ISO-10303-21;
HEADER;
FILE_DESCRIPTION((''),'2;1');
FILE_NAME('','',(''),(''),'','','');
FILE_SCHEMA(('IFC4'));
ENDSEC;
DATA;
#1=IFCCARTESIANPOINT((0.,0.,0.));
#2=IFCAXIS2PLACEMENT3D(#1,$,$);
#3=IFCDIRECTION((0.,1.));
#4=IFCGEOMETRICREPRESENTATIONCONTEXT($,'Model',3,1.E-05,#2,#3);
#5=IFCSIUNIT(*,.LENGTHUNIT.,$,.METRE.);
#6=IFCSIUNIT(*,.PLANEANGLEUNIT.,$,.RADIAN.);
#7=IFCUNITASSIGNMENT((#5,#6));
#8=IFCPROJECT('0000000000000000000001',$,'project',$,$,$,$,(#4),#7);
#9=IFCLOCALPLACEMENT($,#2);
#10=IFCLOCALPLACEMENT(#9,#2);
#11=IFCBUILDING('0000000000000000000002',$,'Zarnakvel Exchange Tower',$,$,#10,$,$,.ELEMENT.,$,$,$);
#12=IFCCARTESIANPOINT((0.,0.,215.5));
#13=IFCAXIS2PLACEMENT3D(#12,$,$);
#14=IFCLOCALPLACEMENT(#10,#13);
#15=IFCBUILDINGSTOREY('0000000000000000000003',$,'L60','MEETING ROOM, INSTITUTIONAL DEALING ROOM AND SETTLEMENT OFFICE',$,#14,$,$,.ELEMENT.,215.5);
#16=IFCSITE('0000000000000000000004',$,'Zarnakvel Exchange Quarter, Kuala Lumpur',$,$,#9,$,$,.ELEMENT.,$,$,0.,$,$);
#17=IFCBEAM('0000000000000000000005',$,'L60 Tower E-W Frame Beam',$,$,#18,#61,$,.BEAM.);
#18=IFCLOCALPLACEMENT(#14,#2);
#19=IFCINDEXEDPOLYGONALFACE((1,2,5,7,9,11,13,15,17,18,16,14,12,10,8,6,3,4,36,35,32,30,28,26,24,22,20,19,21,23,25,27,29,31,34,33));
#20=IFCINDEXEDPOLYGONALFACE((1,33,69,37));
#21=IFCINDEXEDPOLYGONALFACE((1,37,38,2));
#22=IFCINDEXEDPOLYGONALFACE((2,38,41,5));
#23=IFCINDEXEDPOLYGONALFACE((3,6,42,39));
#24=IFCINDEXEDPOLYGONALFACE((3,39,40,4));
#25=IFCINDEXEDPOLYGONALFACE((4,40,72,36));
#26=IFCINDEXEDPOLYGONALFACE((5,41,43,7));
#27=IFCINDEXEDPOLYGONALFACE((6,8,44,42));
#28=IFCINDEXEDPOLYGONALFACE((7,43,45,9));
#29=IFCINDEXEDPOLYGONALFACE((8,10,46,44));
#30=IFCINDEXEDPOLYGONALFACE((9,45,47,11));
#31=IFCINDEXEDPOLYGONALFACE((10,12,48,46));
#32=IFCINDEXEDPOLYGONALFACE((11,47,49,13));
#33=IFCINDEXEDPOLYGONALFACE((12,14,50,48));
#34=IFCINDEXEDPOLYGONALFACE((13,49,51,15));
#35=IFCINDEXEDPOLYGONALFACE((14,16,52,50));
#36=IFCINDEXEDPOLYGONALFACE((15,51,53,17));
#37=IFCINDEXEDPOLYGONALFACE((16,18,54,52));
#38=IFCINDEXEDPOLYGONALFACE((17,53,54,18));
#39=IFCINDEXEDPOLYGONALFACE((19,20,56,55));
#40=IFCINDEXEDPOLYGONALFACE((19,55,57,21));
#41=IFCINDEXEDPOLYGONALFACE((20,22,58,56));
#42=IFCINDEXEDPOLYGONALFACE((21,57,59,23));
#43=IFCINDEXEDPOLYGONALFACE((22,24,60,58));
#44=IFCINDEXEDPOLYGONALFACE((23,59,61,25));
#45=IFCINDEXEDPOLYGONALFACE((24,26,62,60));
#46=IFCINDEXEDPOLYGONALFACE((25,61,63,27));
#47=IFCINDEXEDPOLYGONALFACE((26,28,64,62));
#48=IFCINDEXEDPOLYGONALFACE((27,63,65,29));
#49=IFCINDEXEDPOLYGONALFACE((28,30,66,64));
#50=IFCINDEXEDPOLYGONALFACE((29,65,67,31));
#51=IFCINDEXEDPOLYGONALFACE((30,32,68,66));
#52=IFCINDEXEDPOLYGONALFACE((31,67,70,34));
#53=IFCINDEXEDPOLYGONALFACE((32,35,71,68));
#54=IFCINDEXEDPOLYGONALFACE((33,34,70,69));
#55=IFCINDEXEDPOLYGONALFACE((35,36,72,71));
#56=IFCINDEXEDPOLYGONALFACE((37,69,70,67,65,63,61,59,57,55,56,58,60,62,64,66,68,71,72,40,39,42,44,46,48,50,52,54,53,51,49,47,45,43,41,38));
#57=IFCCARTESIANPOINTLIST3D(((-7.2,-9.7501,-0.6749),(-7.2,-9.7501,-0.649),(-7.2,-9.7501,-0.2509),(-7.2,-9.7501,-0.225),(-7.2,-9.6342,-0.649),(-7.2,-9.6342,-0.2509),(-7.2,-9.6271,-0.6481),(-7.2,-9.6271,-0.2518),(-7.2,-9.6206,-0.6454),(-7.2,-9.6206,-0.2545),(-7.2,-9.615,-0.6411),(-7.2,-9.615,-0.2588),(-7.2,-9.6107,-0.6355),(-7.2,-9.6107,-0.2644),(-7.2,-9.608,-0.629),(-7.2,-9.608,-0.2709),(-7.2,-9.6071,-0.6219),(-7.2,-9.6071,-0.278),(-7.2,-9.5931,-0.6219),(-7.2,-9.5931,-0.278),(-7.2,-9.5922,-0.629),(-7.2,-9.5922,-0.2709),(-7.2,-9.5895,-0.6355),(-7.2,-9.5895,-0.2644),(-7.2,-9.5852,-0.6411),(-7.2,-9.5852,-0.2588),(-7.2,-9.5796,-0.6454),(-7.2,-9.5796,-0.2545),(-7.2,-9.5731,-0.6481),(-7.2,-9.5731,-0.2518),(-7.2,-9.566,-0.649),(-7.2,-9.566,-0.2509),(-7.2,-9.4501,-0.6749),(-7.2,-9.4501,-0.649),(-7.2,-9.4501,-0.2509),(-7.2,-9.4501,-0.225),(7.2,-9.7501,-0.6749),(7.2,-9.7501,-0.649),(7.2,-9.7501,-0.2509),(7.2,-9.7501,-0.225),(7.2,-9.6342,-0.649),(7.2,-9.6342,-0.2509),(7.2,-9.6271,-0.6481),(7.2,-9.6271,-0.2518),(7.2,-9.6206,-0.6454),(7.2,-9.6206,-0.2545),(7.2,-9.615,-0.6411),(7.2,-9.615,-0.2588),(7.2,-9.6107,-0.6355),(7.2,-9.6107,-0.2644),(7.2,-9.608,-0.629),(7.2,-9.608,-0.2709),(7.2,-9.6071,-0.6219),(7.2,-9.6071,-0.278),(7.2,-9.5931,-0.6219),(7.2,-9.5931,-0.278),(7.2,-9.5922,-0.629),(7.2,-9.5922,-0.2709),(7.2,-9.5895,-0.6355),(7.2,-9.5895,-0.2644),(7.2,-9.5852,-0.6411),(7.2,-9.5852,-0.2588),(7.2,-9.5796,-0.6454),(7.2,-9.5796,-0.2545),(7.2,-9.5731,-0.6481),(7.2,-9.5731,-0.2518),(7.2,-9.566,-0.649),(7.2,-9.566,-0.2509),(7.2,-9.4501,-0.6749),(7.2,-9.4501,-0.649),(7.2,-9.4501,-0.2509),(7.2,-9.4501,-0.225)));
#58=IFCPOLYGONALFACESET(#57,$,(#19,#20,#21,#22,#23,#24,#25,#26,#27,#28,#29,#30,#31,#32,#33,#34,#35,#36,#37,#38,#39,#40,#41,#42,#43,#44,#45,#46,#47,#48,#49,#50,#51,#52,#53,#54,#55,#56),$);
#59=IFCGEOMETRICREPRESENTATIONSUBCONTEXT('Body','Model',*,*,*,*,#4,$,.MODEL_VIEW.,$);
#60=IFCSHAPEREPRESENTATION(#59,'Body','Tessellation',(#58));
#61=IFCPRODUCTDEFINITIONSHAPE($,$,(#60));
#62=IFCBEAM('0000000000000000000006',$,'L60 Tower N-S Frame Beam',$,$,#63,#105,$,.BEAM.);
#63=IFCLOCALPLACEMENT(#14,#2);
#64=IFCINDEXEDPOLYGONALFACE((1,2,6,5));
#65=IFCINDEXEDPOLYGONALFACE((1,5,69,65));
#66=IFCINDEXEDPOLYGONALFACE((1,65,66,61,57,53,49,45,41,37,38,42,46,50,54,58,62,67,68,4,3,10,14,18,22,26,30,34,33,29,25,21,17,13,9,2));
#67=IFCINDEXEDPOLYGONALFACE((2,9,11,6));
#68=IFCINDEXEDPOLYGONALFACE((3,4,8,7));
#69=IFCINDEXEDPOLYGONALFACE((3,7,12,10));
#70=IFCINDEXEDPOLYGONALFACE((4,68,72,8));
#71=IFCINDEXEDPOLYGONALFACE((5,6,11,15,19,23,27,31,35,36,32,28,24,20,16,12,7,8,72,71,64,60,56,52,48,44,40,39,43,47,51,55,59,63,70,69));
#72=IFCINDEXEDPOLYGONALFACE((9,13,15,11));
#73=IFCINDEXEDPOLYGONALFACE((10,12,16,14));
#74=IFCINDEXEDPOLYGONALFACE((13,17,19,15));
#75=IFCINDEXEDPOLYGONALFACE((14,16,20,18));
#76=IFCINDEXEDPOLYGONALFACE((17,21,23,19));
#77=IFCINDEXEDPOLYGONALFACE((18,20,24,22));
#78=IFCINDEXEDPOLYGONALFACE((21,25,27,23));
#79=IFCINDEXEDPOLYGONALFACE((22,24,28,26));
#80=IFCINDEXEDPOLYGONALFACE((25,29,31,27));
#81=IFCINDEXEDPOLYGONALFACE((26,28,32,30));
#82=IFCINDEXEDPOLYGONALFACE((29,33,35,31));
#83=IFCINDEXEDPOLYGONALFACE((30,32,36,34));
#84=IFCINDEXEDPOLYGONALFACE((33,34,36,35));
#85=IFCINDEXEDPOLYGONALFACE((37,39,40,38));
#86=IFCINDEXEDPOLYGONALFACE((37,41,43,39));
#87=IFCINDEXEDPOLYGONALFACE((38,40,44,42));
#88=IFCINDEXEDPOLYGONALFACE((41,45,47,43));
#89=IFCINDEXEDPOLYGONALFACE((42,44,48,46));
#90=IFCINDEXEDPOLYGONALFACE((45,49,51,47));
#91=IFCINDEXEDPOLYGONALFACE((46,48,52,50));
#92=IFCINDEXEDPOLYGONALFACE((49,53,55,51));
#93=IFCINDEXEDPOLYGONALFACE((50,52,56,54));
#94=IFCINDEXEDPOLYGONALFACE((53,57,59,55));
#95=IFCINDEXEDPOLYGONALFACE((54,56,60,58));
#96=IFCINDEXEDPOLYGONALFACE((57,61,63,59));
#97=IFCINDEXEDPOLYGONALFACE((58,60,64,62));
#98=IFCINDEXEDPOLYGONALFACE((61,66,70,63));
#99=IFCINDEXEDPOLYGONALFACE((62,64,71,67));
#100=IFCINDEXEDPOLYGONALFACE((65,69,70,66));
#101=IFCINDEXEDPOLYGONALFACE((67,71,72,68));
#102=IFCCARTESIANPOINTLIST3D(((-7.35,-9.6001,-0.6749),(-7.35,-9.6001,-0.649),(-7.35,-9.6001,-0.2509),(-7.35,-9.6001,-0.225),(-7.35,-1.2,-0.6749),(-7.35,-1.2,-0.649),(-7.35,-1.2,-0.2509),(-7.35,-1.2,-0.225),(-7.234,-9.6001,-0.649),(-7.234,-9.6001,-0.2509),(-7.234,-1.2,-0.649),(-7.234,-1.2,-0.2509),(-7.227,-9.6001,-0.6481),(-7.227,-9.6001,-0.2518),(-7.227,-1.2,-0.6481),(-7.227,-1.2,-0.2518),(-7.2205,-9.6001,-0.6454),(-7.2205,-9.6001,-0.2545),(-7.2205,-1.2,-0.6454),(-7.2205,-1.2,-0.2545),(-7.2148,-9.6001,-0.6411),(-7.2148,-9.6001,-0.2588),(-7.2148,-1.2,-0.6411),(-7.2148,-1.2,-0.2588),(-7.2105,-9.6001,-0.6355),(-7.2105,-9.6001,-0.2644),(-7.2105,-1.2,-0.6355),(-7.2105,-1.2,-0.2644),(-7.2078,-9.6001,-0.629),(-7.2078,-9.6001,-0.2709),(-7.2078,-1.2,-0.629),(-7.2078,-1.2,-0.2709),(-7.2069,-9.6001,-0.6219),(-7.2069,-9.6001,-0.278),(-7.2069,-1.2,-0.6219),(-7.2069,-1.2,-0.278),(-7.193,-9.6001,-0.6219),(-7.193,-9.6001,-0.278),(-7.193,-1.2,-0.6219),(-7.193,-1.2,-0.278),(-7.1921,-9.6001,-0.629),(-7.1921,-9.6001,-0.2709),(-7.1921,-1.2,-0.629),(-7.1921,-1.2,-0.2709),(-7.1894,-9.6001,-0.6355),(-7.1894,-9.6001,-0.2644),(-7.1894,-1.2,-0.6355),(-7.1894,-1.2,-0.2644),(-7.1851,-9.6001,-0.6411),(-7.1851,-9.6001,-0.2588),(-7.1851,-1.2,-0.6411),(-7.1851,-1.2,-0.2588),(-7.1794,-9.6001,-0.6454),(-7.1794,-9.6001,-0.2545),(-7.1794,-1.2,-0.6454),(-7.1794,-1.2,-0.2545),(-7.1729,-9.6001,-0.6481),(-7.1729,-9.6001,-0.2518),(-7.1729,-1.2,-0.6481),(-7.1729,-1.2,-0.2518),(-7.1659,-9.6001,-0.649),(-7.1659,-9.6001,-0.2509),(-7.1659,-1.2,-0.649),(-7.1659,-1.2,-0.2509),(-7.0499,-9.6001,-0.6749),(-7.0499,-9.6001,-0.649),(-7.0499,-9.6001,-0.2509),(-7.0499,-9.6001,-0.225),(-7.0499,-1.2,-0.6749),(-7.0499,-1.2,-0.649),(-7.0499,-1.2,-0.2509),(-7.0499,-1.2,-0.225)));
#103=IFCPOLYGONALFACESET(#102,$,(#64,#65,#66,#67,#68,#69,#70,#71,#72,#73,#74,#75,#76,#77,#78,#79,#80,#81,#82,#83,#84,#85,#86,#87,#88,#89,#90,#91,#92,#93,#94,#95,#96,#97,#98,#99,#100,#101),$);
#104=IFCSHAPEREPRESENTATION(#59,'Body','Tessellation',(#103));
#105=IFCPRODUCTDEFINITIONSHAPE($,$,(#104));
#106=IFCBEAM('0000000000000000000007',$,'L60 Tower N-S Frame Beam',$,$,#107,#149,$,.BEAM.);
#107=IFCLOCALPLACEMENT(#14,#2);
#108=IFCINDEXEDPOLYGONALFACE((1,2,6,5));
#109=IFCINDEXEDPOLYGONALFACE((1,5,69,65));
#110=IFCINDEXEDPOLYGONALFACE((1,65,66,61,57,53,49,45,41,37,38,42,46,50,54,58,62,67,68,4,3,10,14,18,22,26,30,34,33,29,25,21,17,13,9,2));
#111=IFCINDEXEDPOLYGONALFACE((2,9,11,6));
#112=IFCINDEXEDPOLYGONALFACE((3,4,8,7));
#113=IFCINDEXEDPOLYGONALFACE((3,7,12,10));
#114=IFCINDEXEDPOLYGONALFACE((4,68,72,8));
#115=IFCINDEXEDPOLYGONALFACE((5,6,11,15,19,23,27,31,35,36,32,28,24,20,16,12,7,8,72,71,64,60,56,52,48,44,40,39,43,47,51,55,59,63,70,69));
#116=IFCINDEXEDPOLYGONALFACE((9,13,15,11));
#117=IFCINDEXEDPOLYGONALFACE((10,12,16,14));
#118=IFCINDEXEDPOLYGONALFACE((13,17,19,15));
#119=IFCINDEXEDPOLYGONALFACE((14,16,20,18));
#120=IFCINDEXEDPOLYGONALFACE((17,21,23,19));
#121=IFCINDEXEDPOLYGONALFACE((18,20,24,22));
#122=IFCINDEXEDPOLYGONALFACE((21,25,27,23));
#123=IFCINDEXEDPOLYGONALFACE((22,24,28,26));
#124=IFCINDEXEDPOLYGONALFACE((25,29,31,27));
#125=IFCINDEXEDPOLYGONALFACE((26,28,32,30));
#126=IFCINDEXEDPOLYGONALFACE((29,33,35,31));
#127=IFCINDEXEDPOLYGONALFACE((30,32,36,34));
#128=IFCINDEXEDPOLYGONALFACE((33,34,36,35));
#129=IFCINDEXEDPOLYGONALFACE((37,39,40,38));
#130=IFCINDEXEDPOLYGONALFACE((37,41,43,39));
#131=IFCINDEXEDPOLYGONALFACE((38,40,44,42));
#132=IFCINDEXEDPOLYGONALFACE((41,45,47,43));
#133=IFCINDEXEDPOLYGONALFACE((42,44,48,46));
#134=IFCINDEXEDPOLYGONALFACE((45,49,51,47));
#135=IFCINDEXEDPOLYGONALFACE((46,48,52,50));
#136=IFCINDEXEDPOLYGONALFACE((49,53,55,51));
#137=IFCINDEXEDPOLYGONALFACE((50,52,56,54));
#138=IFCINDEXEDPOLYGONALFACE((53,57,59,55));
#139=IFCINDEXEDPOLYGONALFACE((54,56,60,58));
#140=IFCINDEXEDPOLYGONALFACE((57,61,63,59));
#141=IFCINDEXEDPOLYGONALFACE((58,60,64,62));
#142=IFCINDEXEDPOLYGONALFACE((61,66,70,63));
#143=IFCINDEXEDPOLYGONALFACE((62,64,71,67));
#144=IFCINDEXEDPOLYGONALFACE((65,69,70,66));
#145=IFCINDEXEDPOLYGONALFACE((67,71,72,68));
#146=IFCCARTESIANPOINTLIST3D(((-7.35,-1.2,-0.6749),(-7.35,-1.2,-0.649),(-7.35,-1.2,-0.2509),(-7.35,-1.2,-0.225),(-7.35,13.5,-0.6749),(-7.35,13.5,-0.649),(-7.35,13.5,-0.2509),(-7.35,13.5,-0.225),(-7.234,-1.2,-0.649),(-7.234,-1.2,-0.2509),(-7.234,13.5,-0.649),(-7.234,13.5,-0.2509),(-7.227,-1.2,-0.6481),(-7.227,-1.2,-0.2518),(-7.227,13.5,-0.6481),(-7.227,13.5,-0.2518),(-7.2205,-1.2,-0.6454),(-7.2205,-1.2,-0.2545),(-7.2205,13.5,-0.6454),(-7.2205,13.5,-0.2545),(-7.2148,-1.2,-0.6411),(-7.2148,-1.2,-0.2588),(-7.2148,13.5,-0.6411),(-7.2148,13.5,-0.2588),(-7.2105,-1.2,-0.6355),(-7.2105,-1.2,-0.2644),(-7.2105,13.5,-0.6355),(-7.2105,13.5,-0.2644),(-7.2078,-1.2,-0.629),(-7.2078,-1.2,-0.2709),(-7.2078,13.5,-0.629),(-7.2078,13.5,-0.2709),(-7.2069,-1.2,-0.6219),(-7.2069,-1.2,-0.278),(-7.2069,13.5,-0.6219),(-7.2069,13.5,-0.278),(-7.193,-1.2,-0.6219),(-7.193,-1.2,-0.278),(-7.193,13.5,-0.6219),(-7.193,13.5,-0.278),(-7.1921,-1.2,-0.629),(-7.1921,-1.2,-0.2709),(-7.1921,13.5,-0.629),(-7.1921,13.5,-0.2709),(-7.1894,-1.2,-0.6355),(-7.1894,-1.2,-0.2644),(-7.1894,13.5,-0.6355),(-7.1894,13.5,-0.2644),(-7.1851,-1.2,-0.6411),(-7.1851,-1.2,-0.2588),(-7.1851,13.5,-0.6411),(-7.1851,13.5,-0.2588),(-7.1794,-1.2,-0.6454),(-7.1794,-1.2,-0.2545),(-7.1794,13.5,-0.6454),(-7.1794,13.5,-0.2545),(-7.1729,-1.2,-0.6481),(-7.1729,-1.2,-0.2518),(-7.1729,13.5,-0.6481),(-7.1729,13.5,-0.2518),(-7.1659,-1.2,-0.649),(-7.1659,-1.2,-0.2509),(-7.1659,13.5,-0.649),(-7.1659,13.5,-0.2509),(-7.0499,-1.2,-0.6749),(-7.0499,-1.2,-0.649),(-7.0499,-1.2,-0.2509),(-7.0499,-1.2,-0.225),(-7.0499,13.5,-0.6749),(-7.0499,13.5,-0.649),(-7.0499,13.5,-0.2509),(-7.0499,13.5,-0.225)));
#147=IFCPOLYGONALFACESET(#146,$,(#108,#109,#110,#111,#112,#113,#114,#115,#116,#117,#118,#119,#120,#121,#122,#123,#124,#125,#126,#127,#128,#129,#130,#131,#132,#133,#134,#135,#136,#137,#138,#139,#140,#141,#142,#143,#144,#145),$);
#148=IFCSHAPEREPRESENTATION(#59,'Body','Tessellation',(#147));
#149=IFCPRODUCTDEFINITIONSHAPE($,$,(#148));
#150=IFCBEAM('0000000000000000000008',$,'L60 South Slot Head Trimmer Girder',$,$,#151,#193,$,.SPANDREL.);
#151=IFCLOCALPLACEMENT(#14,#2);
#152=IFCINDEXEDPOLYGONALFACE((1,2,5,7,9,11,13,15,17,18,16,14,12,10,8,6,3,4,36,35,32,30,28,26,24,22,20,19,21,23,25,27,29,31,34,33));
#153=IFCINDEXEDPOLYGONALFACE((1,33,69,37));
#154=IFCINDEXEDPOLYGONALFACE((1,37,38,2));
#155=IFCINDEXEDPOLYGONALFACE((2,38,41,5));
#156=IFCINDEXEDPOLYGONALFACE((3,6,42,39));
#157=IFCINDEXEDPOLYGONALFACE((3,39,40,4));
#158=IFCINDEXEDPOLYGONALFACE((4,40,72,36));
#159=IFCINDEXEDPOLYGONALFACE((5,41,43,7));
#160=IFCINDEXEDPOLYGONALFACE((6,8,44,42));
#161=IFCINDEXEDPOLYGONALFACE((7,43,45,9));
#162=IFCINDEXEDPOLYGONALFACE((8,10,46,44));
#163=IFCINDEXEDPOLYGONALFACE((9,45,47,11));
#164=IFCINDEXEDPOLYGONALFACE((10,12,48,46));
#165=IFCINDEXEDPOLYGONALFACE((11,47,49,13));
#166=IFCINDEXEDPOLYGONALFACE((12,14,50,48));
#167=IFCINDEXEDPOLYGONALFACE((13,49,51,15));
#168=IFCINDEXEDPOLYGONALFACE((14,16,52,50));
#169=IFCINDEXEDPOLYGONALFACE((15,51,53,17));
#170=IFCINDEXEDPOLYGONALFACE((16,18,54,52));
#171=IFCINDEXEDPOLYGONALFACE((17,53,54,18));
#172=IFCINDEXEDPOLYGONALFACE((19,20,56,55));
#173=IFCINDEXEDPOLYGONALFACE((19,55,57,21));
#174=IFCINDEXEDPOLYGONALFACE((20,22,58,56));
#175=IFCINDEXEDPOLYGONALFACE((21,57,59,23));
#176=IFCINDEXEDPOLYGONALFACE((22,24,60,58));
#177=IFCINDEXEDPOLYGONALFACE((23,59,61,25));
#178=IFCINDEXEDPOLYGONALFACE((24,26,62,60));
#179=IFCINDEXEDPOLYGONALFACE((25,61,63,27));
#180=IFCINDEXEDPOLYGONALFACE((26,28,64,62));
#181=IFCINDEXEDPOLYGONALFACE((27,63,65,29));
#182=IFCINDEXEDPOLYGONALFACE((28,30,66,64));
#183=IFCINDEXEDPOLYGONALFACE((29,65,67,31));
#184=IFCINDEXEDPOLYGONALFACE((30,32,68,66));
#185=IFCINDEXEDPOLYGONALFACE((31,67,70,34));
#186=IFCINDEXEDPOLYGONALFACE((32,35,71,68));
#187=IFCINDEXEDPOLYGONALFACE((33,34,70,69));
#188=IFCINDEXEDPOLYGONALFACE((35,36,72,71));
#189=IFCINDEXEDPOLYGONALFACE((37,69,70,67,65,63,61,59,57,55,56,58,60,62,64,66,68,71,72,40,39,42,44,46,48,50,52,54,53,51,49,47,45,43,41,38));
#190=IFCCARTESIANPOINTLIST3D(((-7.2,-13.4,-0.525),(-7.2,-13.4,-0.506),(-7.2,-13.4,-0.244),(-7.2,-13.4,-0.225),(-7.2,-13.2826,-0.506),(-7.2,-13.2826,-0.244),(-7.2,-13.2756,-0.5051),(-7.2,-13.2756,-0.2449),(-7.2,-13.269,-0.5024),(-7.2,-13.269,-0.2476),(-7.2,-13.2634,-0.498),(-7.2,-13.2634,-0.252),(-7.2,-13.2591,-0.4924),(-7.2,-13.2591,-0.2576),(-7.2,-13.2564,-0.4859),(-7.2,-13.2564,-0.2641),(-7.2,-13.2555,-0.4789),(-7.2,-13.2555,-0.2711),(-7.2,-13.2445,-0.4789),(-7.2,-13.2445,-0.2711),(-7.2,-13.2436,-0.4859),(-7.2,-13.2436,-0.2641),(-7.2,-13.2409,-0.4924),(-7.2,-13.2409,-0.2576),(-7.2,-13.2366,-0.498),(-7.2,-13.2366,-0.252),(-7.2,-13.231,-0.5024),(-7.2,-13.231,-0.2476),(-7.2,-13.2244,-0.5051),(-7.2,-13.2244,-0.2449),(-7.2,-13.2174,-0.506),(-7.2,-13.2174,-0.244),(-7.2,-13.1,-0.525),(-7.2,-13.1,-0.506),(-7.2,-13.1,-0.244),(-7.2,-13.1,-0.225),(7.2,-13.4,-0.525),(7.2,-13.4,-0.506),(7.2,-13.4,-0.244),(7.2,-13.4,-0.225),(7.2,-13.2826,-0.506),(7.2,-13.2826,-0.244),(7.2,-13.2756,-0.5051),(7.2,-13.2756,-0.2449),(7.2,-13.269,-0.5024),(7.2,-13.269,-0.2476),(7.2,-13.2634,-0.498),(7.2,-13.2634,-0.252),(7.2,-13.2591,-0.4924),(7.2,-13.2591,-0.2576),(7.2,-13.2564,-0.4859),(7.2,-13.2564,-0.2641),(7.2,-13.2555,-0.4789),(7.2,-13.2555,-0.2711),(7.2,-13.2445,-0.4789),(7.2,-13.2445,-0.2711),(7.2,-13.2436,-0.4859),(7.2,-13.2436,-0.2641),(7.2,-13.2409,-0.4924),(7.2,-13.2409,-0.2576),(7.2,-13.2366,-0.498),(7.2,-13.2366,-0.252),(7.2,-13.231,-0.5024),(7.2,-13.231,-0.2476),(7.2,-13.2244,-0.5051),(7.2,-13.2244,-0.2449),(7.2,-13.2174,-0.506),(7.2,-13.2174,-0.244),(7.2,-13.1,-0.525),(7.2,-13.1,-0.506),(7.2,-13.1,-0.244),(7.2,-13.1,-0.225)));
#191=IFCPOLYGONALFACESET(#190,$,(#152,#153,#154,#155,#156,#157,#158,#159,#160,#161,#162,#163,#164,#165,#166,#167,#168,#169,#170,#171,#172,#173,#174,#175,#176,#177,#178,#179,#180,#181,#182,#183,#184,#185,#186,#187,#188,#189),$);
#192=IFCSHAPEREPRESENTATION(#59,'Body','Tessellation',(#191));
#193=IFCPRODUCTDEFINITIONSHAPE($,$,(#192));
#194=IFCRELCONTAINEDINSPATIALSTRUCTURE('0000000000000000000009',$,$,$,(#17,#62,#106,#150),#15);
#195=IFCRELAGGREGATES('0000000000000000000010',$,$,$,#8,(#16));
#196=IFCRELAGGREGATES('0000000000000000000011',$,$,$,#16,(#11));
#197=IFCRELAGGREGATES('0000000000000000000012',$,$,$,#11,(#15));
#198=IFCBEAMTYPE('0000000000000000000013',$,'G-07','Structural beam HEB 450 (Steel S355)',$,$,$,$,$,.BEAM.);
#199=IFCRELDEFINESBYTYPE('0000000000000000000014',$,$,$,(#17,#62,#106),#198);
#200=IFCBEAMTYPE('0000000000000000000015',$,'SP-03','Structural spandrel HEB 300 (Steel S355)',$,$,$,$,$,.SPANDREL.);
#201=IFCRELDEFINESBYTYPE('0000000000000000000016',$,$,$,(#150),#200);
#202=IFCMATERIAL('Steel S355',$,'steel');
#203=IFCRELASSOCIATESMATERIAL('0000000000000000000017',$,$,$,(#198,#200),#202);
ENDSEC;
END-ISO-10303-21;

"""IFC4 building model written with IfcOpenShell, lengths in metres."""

from ifc_helpers import new_model, si_unit, direction, frame, origin, origin_2d, place, context, subcontext, project, spatial, i_section, extrude, material, material_profile, profile_set, type_object, element, save


model = new_model("IFC4")

# Units and contexts
model_context = context("Model", 3, precision=1e-05, world=origin(), true_north=direction((0.0, 1.0)))
body_context = subcontext(model_context, "Body", "Model", "MODEL_VIEW")
ifc_project = project(units=[si_unit("LENGTHUNIT", "METRE"), si_unit("PLANEANGLEUNIT", "RADIAN")], contexts=[model_context])

# Site, building, storey
site_placement = place(None, origin())
site = spatial("IfcSite", under=ifc_project, at=site_placement, Name="Zarnakvel Exchange Quarter, Kuala Lumpur", CompositionType="ELEMENT", RefElevation=0.0)
building_placement = place(site_placement, origin())
building = spatial("IfcBuilding", under=site, at=building_placement, Name="Zarnakvel Exchange Tower", CompositionType="ELEMENT")
storey_placement = place(building_placement, frame((0.0, 0.0, 215.5)))
storey = spatial("IfcBuildingStorey", under=building, at=storey_placement, Name="L60", Description="MEETING ROOM, INSTITUTIONAL DEALING ROOM AND SETTLEMENT OFFICE", CompositionType="ELEMENT", Elevation=215.5)

# Beams
ifc_material_1 = material(Name="Steel S355", Category="steel")
ifc_material_profile_1 = material_profile(ifc_material_1, i_section(OverallWidth=0.3, OverallDepth=0.45, WebThickness=0.0139, FlangeThickness=0.0259, FilletRadius=0.0271, at=origin_2d()))
ifc_profile_set_1 = profile_set([ifc_material_profile_1], Name="Steel S355")
beam_type_1 = type_object("IfcBeamType", Name="G-07", Description="Structural beam HEB 450 (Steel S355)", PredefinedType="BEAM", material=ifc_profile_set_1)
beam_1_placement = place(storey_placement, frame((-7.2, -9.6001, -0.45), z_axis=(1.0, 0.0, 0.0), x_axis=(0.0, 1.0, 0.0)))
element("IfcBeam", 1, at=beam_1_placement, inside=storey, type_object=beam_type_1, Name="L60 Tower E-W Frame Beam", PredefinedType="BEAM", context=body_context, shape_type="SweptSolid", body=[
    extrude(i_section(OverallWidth=0.3, OverallDepth=0.45, WebThickness=0.0139, FlangeThickness=0.0259, FilletRadius=0.0271, at=origin_2d()), origin(), (0.0, 0.0, 1.0), 14.3999),
])
beam_2_placement = place(storey_placement, frame((-7.2, -9.6001, -0.45), z_axis=(0.0, 1.0, 0.0), x_axis=(-1.0, 0.0, 0.0)))
element("IfcBeam", 2, at=beam_2_placement, inside=storey, type_object=beam_type_1, Name="L60 Tower N-S Frame Beam", PredefinedType="BEAM", context=body_context, shape_type="SweptSolid", body=[
    extrude(i_section(OverallWidth=0.3, OverallDepth=0.45, WebThickness=0.0139, FlangeThickness=0.0259, FilletRadius=0.0271, at=origin_2d()), origin(), (0.0, 0.0, 1.0), 8.4001),
])
beam_3_placement = place(storey_placement, frame((-7.2, -1.2, -0.45), z_axis=(0.0, 1.0, 0.0), x_axis=(-1.0, 0.0, 0.0)))
element("IfcBeam", 3, at=beam_3_placement, inside=storey, type_object=beam_type_1, Name="L60 Tower N-S Frame Beam", PredefinedType="BEAM", context=body_context, shape_type="SweptSolid", body=[
    extrude(i_section(OverallWidth=0.3, OverallDepth=0.45, WebThickness=0.0139, FlangeThickness=0.0259, FilletRadius=0.0271, at=origin_2d()), origin(), (0.0, 0.0, 1.0), 14.7),
])
ifc_material_profile_2 = material_profile(ifc_material_1, i_section(OverallWidth=0.3, OverallDepth=0.3, WebThickness=0.011, FlangeThickness=0.019, FilletRadius=0.0271, at=origin_2d()))
ifc_profile_set_2 = profile_set([ifc_material_profile_2], Name="Steel S355")
beam_type_2 = type_object("IfcBeamType", Name="SP-03", Description="Structural spandrel HEB 300 (Steel S355)", PredefinedType="SPANDREL", material=ifc_profile_set_2)
beam_4_placement = place(storey_placement, frame((-7.2, -13.25, -0.375), z_axis=(1.0, 0.0, 0.0), x_axis=(0.0, 1.0, 0.0)))
element("IfcBeam", 4, at=beam_4_placement, inside=storey, type_object=beam_type_2, Name="L60 South Slot Head Trimmer Girder", PredefinedType="SPANDREL", context=body_context, shape_type="SweptSolid", body=[
    extrude(i_section(OverallWidth=0.3, OverallDepth=0.3, WebThickness=0.011, FlangeThickness=0.019, FilletRadius=0.0271, at=origin_2d()), origin(), (0.0, 0.0, 1.0), 14.3999),
])

save(model, "model.ifc")
